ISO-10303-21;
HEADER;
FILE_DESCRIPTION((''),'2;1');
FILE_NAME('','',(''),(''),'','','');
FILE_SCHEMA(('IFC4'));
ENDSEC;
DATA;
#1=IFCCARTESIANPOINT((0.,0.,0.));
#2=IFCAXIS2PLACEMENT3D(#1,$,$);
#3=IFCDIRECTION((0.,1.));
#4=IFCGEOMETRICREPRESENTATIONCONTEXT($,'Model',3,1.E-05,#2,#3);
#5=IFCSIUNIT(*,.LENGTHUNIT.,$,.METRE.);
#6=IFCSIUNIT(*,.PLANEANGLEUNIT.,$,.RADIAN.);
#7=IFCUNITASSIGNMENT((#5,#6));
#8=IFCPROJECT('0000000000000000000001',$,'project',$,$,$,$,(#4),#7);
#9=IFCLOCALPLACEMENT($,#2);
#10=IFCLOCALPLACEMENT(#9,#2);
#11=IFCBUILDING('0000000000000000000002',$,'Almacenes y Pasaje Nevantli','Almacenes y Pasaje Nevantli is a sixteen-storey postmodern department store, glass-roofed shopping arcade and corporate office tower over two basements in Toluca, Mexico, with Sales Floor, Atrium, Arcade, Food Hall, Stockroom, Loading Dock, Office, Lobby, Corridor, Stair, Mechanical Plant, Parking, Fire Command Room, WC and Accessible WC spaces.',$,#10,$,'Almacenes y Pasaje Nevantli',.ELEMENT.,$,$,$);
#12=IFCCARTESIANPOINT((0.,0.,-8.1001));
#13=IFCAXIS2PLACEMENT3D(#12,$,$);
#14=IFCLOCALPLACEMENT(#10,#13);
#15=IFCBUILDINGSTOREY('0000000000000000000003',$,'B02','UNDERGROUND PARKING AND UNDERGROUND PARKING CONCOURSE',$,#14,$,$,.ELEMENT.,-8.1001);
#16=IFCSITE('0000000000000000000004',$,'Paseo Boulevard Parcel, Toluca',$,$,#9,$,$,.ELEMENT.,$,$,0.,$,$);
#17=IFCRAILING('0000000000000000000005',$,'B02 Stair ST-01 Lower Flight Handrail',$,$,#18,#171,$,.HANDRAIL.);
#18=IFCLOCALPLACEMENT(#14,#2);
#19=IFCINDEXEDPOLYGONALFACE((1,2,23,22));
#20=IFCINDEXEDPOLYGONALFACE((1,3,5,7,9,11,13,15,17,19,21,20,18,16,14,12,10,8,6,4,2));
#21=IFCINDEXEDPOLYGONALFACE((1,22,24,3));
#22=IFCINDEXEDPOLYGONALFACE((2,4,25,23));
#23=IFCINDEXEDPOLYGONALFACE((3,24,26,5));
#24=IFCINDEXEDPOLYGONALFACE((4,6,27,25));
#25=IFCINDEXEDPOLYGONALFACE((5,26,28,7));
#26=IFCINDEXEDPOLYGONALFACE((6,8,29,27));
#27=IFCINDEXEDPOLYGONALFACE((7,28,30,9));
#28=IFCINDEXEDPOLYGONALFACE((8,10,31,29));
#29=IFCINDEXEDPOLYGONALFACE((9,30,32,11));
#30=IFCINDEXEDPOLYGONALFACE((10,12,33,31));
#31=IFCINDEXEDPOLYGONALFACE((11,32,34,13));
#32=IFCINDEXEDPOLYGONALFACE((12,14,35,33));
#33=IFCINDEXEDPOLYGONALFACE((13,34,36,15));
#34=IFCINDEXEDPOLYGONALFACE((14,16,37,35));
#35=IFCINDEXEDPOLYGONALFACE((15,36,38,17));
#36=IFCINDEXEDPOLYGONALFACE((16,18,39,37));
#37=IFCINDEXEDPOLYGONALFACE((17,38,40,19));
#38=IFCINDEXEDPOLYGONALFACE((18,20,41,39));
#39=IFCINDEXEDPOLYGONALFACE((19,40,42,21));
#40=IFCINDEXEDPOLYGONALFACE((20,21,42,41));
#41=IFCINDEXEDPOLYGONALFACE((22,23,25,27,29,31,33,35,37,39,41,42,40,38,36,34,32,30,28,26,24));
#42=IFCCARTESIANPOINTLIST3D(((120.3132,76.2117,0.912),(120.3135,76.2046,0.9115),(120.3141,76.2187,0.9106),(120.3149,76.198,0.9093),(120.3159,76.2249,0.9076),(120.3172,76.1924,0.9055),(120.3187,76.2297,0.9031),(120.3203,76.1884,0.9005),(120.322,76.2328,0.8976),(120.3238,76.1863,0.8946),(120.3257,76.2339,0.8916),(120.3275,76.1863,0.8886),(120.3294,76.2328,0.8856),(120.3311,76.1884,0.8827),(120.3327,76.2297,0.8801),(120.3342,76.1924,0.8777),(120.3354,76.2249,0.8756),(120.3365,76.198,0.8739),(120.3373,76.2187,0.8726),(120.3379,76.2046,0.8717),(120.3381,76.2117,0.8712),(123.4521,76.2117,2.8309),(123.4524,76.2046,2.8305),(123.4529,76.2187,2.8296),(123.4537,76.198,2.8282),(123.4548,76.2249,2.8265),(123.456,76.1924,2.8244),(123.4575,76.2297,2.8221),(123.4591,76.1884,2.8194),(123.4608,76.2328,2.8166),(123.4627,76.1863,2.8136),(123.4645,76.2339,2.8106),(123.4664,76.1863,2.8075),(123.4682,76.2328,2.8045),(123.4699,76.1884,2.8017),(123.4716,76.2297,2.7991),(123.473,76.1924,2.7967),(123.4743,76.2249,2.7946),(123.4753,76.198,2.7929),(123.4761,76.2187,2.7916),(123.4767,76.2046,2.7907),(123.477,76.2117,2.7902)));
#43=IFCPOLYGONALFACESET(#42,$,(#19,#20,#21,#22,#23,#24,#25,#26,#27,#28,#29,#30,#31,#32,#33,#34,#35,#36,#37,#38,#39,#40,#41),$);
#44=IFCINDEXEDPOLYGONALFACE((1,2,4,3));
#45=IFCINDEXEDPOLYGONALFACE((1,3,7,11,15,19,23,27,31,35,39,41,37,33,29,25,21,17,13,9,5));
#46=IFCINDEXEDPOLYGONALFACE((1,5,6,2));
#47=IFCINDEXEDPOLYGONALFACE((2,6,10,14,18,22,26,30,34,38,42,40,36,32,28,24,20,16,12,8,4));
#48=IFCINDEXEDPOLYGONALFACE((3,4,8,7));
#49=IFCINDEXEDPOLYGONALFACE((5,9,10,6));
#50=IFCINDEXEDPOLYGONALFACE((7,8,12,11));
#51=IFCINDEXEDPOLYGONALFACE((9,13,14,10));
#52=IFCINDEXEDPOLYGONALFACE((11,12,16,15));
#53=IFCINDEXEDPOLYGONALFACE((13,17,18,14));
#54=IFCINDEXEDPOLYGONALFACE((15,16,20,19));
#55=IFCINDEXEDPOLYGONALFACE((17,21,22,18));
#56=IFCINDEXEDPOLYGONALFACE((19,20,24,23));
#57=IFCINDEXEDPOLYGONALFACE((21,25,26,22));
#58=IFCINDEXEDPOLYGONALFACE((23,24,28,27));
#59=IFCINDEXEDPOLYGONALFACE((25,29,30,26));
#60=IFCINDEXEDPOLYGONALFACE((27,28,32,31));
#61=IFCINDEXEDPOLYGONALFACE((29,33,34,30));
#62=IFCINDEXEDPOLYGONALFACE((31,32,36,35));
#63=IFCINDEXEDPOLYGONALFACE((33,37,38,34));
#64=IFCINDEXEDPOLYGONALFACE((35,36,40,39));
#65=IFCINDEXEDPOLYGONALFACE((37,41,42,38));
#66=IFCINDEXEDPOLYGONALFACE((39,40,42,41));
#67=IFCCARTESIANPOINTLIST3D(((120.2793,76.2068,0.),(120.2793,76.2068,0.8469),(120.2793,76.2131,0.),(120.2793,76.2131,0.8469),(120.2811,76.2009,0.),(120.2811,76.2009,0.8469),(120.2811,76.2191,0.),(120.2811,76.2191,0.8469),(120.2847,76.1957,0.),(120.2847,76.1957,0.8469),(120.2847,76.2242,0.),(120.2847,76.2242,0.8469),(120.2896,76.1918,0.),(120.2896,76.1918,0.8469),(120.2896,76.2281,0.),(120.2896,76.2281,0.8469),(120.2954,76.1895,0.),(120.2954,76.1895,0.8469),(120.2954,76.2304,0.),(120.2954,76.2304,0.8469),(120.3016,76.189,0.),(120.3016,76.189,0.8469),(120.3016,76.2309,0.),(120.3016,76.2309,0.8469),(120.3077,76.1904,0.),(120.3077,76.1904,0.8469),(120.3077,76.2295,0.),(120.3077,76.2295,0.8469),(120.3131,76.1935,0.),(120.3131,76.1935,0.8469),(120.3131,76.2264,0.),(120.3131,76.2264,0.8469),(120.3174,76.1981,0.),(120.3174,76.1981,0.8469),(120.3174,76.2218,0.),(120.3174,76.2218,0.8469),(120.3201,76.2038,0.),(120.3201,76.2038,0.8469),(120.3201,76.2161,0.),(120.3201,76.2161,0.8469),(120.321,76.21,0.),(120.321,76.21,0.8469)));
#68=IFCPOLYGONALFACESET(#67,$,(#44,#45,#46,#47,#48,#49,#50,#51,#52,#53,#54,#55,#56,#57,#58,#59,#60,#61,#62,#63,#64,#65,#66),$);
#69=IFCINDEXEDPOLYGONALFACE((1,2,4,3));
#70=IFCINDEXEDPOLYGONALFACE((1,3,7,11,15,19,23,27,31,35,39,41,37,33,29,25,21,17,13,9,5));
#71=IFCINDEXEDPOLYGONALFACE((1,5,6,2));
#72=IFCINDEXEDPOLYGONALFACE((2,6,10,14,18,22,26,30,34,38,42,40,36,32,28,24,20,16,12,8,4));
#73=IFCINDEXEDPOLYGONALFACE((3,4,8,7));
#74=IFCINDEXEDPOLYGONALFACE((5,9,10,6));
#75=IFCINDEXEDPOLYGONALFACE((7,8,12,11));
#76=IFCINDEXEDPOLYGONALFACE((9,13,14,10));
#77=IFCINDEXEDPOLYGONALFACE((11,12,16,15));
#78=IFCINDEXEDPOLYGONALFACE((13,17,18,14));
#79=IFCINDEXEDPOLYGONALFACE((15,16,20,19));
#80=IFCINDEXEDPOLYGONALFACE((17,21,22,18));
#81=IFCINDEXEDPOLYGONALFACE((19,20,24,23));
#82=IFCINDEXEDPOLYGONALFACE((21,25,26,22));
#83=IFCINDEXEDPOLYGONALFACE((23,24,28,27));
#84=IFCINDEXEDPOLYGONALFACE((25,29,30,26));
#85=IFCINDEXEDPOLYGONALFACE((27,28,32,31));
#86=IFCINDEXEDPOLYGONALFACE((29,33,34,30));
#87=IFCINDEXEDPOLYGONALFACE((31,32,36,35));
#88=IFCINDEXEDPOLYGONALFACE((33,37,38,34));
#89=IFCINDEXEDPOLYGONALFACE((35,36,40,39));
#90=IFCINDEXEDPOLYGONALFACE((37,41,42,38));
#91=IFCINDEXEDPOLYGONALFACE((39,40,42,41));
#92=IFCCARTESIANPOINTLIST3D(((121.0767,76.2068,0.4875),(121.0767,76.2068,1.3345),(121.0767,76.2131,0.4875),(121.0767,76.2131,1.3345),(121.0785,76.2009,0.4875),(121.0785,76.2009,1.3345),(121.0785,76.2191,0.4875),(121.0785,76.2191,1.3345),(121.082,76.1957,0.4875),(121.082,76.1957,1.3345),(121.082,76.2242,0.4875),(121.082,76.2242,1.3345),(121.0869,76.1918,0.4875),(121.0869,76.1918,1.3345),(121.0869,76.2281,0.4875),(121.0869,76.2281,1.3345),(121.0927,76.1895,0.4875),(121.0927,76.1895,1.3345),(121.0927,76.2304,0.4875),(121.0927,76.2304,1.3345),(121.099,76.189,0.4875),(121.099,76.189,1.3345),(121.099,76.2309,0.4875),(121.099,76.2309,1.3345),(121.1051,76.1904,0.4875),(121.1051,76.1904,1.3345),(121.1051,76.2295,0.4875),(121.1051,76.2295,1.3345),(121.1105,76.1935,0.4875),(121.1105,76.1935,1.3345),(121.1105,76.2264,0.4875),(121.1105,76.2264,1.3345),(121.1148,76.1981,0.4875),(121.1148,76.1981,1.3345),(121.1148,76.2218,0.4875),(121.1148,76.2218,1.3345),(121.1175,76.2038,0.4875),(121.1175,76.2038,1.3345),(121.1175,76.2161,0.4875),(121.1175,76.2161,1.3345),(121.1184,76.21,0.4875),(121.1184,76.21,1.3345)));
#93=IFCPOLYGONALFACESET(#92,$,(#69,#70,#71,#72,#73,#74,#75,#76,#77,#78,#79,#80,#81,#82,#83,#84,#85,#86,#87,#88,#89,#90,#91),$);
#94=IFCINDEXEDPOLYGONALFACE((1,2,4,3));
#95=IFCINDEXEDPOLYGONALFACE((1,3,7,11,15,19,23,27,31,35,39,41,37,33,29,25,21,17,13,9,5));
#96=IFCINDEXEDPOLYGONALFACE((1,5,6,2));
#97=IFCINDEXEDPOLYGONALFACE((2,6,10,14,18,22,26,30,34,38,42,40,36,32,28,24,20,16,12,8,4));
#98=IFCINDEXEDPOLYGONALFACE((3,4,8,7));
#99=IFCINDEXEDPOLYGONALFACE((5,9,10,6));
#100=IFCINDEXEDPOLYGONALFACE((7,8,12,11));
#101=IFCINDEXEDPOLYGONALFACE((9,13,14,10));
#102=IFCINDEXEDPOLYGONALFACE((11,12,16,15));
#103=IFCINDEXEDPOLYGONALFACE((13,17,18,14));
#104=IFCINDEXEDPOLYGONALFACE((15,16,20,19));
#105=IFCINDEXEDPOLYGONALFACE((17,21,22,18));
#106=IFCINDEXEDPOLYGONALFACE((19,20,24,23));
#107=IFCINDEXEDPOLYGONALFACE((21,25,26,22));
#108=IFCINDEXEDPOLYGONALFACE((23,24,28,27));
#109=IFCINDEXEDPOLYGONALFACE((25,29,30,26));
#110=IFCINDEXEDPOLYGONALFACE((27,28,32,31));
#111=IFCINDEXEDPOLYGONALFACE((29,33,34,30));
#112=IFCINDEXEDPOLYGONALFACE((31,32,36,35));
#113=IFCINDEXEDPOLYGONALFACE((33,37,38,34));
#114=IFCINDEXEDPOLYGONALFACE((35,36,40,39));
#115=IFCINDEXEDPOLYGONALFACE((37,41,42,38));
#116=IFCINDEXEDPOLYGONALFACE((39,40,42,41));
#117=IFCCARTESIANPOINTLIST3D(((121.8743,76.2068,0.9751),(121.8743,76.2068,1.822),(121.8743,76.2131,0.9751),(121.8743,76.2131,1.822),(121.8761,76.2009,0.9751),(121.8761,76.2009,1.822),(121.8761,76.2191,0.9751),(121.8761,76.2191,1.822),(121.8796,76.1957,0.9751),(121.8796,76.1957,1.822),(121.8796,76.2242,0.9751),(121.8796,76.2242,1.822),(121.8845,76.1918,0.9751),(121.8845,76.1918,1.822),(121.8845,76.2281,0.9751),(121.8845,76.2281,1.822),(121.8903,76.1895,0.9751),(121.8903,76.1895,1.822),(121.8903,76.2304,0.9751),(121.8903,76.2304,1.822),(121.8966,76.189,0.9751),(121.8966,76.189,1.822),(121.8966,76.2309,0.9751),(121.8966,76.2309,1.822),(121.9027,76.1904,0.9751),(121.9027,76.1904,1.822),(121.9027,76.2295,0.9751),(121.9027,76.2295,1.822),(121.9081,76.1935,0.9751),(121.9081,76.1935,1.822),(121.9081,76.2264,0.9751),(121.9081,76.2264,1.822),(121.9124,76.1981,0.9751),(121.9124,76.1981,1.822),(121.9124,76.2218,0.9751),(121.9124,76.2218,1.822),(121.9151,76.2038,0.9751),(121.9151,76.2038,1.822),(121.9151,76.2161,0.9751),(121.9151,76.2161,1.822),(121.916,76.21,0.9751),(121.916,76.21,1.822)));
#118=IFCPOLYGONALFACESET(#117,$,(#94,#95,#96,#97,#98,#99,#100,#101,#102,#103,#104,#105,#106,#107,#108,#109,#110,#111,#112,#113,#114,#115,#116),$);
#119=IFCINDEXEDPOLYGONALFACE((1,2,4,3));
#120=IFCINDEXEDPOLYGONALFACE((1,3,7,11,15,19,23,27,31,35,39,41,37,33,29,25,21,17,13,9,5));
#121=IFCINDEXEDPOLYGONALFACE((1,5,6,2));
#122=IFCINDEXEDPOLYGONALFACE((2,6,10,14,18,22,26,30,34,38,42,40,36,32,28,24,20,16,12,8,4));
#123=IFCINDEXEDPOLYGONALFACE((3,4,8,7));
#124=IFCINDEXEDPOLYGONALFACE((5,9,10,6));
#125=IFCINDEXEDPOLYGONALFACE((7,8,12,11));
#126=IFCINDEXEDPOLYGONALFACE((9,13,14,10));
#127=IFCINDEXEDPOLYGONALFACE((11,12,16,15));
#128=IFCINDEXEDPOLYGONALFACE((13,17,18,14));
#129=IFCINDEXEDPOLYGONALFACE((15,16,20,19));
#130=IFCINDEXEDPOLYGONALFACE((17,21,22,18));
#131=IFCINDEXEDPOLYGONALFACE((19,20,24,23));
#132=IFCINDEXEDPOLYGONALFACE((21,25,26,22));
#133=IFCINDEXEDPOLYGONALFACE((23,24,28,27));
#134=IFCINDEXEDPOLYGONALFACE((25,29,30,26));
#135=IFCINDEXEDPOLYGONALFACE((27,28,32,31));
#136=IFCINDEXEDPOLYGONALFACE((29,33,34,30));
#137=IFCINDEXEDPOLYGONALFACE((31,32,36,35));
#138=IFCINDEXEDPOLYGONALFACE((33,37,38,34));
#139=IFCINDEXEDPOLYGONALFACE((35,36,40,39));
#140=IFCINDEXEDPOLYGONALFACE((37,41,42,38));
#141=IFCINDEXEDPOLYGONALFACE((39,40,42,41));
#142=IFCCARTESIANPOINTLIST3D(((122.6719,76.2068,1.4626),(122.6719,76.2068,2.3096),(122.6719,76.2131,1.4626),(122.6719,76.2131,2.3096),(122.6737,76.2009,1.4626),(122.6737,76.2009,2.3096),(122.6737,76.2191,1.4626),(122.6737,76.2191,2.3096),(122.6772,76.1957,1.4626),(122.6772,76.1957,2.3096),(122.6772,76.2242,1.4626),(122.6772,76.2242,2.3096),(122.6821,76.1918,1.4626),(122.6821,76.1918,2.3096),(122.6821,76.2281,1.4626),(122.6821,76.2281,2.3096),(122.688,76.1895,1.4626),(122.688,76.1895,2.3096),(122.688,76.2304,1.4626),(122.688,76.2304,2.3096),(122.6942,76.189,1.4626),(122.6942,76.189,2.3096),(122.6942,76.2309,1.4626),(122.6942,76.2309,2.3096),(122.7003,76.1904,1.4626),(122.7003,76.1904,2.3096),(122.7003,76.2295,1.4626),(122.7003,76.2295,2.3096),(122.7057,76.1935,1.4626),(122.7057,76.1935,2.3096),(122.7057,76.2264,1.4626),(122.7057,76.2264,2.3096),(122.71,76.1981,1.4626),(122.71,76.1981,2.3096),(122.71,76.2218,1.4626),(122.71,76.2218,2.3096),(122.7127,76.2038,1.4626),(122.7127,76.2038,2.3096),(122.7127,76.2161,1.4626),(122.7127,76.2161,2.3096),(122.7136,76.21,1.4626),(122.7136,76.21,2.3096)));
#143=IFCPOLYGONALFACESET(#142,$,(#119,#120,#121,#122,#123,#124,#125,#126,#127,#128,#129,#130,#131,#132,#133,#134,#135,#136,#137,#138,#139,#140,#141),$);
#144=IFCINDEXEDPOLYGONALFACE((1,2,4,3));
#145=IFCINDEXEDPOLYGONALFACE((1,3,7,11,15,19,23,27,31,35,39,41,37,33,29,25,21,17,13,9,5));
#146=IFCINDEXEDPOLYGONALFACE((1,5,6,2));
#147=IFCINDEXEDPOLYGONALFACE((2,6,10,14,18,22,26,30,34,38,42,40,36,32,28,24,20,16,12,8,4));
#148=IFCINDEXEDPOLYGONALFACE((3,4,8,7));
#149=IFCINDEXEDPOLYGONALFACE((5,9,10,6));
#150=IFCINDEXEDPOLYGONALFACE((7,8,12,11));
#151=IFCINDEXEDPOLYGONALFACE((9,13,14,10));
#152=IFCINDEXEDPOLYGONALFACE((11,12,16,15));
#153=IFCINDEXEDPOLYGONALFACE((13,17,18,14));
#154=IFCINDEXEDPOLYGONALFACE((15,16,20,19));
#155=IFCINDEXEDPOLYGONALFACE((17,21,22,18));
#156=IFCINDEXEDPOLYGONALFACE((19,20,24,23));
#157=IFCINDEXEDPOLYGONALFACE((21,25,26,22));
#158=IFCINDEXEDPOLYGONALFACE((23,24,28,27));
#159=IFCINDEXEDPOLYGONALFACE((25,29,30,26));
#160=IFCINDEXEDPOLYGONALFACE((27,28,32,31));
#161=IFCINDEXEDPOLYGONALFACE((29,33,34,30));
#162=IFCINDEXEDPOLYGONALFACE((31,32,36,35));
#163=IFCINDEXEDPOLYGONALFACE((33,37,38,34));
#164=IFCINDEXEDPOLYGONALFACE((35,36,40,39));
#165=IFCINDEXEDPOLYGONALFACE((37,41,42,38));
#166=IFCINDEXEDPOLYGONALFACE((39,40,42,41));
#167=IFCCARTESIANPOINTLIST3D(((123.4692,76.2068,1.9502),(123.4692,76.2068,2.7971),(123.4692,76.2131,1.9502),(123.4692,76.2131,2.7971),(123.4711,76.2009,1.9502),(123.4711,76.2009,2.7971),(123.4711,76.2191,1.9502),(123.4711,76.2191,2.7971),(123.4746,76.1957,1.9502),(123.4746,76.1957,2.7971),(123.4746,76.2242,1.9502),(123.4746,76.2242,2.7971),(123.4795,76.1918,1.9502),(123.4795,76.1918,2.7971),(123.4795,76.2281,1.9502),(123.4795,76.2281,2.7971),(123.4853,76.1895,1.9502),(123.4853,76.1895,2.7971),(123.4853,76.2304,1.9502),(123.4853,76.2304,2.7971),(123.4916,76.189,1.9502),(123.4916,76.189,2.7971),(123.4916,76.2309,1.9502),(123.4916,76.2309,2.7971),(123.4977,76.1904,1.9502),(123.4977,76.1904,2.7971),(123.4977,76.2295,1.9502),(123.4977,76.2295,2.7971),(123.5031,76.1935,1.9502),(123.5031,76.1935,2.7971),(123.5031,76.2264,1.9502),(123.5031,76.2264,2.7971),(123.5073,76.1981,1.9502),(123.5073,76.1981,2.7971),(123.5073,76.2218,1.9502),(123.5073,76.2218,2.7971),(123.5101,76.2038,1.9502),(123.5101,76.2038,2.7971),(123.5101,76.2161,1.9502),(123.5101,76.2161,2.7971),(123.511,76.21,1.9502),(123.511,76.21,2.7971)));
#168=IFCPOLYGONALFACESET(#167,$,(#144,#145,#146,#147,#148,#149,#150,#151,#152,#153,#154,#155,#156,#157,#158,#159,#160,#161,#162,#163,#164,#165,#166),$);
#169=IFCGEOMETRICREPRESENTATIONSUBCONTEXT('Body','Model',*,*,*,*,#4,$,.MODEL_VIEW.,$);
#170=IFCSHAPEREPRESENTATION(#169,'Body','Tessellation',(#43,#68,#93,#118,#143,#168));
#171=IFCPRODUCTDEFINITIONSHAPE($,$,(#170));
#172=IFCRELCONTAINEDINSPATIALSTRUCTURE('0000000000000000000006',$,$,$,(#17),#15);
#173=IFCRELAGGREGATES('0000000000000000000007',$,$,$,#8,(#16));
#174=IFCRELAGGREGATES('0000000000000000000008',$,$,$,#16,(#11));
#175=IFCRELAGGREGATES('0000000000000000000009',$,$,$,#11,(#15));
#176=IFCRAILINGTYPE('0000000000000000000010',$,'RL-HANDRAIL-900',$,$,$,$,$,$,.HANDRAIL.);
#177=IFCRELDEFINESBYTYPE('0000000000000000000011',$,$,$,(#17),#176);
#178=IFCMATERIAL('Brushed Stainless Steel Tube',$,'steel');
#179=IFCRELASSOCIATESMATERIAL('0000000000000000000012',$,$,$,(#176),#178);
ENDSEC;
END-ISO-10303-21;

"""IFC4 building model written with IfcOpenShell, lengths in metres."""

from ifc_helpers import new_model, si_unit, direction, frame, origin, origin_2d, place, context, subcontext, project, spatial, circle, extrude, material, type_object, element, save


model = new_model("IFC4")

# Units and contexts
model_context = context("Model", 3, precision=1e-05, world=origin(), true_north=direction((0.0, 1.0)))
body_context = subcontext(model_context, "Body", "Model", "MODEL_VIEW")
ifc_project = project(units=[si_unit("LENGTHUNIT", "METRE"), si_unit("PLANEANGLEUNIT", "RADIAN")], contexts=[model_context])

# Site, building, storey
site_placement = place(None, origin())
site = spatial("IfcSite", under=ifc_project, at=site_placement, Name="Paseo Boulevard Parcel, Toluca", CompositionType="ELEMENT", RefElevation=0.0)
building_placement = place(site_placement, origin())
building = spatial("IfcBuilding", under=site, at=building_placement, Name="Almacenes y Pasaje Nevantli", Description="Almacenes y Pasaje Nevantli is a sixteen-storey postmodern department store, glass-roofed shopping arcade and corporate office tower over two basements in Toluca, Mexico, with Sales Floor, Atrium, Arcade, Food Hall, Stockroom, Loading Dock, Office, Lobby, Corridor, Stair, Mechanical Plant, Parking, Fire Command Room, WC and Accessible WC spaces.", LongName="Almacenes y Pasaje Nevantli", CompositionType="ELEMENT")
storey_placement = place(building_placement, frame((0.0, 0.0, -8.1001)))
storey = spatial("IfcBuildingStorey", under=building, at=storey_placement, Name="B02", Description="UNDERGROUND PARKING AND UNDERGROUND PARKING CONCOURSE", CompositionType="ELEMENT", Elevation=-8.1001)

# Railing
ifc_material_1 = material(Name="Brushed Stainless Steel Tube", Category="steel")
railing_type_1 = type_object("IfcRailingType", Name="RL-HANDRAIL-900", PredefinedType="HANDRAIL", material=ifc_material_1)
railing_1_placement = place(storey_placement, frame((120.3, 76.21, 0.0)))
element("IfcRailing", 1, at=railing_1_placement, inside=storey, type_object=railing_type_1, Name="B02 Stair ST-01 Lower Flight Handrail", PredefinedType="HANDRAIL", context=body_context, shape_type="SweptSolid", body=[
    extrude(circle(Radius=0.0239, at=origin_2d()), frame((0.0256, 0.0, 0.8916), z_axis=(0.853188, 0.0, 0.521603), x_axis=(0.0, 1.0, 0.0)), (0.0, 0.0, 1.0), 3.679),
    extrude(circle(Radius=0.021, at=origin_2d()), origin(), (0.0, 0.0, 1.0), 0.8469),
    extrude(circle(Radius=0.021, at=origin_2d()), frame((0.7974, 0.0, 0.4875)), (0.0, 0.0, 1.0), 0.8469),
    extrude(circle(Radius=0.021, at=origin_2d()), frame((1.595, 0.0, 0.9751)), (0.0, 0.0, 1.0), 0.8469),
    extrude(circle(Radius=0.021, at=origin_2d()), frame((2.3926, 0.0, 1.4626)), (0.0, 0.0, 1.0), 0.8469),
    extrude(circle(Radius=0.021, at=origin_2d()), frame((3.1899, 0.0, 1.9502)), (0.0, 0.0, 1.0), 0.8469),
])

save(model, "model.ifc")
